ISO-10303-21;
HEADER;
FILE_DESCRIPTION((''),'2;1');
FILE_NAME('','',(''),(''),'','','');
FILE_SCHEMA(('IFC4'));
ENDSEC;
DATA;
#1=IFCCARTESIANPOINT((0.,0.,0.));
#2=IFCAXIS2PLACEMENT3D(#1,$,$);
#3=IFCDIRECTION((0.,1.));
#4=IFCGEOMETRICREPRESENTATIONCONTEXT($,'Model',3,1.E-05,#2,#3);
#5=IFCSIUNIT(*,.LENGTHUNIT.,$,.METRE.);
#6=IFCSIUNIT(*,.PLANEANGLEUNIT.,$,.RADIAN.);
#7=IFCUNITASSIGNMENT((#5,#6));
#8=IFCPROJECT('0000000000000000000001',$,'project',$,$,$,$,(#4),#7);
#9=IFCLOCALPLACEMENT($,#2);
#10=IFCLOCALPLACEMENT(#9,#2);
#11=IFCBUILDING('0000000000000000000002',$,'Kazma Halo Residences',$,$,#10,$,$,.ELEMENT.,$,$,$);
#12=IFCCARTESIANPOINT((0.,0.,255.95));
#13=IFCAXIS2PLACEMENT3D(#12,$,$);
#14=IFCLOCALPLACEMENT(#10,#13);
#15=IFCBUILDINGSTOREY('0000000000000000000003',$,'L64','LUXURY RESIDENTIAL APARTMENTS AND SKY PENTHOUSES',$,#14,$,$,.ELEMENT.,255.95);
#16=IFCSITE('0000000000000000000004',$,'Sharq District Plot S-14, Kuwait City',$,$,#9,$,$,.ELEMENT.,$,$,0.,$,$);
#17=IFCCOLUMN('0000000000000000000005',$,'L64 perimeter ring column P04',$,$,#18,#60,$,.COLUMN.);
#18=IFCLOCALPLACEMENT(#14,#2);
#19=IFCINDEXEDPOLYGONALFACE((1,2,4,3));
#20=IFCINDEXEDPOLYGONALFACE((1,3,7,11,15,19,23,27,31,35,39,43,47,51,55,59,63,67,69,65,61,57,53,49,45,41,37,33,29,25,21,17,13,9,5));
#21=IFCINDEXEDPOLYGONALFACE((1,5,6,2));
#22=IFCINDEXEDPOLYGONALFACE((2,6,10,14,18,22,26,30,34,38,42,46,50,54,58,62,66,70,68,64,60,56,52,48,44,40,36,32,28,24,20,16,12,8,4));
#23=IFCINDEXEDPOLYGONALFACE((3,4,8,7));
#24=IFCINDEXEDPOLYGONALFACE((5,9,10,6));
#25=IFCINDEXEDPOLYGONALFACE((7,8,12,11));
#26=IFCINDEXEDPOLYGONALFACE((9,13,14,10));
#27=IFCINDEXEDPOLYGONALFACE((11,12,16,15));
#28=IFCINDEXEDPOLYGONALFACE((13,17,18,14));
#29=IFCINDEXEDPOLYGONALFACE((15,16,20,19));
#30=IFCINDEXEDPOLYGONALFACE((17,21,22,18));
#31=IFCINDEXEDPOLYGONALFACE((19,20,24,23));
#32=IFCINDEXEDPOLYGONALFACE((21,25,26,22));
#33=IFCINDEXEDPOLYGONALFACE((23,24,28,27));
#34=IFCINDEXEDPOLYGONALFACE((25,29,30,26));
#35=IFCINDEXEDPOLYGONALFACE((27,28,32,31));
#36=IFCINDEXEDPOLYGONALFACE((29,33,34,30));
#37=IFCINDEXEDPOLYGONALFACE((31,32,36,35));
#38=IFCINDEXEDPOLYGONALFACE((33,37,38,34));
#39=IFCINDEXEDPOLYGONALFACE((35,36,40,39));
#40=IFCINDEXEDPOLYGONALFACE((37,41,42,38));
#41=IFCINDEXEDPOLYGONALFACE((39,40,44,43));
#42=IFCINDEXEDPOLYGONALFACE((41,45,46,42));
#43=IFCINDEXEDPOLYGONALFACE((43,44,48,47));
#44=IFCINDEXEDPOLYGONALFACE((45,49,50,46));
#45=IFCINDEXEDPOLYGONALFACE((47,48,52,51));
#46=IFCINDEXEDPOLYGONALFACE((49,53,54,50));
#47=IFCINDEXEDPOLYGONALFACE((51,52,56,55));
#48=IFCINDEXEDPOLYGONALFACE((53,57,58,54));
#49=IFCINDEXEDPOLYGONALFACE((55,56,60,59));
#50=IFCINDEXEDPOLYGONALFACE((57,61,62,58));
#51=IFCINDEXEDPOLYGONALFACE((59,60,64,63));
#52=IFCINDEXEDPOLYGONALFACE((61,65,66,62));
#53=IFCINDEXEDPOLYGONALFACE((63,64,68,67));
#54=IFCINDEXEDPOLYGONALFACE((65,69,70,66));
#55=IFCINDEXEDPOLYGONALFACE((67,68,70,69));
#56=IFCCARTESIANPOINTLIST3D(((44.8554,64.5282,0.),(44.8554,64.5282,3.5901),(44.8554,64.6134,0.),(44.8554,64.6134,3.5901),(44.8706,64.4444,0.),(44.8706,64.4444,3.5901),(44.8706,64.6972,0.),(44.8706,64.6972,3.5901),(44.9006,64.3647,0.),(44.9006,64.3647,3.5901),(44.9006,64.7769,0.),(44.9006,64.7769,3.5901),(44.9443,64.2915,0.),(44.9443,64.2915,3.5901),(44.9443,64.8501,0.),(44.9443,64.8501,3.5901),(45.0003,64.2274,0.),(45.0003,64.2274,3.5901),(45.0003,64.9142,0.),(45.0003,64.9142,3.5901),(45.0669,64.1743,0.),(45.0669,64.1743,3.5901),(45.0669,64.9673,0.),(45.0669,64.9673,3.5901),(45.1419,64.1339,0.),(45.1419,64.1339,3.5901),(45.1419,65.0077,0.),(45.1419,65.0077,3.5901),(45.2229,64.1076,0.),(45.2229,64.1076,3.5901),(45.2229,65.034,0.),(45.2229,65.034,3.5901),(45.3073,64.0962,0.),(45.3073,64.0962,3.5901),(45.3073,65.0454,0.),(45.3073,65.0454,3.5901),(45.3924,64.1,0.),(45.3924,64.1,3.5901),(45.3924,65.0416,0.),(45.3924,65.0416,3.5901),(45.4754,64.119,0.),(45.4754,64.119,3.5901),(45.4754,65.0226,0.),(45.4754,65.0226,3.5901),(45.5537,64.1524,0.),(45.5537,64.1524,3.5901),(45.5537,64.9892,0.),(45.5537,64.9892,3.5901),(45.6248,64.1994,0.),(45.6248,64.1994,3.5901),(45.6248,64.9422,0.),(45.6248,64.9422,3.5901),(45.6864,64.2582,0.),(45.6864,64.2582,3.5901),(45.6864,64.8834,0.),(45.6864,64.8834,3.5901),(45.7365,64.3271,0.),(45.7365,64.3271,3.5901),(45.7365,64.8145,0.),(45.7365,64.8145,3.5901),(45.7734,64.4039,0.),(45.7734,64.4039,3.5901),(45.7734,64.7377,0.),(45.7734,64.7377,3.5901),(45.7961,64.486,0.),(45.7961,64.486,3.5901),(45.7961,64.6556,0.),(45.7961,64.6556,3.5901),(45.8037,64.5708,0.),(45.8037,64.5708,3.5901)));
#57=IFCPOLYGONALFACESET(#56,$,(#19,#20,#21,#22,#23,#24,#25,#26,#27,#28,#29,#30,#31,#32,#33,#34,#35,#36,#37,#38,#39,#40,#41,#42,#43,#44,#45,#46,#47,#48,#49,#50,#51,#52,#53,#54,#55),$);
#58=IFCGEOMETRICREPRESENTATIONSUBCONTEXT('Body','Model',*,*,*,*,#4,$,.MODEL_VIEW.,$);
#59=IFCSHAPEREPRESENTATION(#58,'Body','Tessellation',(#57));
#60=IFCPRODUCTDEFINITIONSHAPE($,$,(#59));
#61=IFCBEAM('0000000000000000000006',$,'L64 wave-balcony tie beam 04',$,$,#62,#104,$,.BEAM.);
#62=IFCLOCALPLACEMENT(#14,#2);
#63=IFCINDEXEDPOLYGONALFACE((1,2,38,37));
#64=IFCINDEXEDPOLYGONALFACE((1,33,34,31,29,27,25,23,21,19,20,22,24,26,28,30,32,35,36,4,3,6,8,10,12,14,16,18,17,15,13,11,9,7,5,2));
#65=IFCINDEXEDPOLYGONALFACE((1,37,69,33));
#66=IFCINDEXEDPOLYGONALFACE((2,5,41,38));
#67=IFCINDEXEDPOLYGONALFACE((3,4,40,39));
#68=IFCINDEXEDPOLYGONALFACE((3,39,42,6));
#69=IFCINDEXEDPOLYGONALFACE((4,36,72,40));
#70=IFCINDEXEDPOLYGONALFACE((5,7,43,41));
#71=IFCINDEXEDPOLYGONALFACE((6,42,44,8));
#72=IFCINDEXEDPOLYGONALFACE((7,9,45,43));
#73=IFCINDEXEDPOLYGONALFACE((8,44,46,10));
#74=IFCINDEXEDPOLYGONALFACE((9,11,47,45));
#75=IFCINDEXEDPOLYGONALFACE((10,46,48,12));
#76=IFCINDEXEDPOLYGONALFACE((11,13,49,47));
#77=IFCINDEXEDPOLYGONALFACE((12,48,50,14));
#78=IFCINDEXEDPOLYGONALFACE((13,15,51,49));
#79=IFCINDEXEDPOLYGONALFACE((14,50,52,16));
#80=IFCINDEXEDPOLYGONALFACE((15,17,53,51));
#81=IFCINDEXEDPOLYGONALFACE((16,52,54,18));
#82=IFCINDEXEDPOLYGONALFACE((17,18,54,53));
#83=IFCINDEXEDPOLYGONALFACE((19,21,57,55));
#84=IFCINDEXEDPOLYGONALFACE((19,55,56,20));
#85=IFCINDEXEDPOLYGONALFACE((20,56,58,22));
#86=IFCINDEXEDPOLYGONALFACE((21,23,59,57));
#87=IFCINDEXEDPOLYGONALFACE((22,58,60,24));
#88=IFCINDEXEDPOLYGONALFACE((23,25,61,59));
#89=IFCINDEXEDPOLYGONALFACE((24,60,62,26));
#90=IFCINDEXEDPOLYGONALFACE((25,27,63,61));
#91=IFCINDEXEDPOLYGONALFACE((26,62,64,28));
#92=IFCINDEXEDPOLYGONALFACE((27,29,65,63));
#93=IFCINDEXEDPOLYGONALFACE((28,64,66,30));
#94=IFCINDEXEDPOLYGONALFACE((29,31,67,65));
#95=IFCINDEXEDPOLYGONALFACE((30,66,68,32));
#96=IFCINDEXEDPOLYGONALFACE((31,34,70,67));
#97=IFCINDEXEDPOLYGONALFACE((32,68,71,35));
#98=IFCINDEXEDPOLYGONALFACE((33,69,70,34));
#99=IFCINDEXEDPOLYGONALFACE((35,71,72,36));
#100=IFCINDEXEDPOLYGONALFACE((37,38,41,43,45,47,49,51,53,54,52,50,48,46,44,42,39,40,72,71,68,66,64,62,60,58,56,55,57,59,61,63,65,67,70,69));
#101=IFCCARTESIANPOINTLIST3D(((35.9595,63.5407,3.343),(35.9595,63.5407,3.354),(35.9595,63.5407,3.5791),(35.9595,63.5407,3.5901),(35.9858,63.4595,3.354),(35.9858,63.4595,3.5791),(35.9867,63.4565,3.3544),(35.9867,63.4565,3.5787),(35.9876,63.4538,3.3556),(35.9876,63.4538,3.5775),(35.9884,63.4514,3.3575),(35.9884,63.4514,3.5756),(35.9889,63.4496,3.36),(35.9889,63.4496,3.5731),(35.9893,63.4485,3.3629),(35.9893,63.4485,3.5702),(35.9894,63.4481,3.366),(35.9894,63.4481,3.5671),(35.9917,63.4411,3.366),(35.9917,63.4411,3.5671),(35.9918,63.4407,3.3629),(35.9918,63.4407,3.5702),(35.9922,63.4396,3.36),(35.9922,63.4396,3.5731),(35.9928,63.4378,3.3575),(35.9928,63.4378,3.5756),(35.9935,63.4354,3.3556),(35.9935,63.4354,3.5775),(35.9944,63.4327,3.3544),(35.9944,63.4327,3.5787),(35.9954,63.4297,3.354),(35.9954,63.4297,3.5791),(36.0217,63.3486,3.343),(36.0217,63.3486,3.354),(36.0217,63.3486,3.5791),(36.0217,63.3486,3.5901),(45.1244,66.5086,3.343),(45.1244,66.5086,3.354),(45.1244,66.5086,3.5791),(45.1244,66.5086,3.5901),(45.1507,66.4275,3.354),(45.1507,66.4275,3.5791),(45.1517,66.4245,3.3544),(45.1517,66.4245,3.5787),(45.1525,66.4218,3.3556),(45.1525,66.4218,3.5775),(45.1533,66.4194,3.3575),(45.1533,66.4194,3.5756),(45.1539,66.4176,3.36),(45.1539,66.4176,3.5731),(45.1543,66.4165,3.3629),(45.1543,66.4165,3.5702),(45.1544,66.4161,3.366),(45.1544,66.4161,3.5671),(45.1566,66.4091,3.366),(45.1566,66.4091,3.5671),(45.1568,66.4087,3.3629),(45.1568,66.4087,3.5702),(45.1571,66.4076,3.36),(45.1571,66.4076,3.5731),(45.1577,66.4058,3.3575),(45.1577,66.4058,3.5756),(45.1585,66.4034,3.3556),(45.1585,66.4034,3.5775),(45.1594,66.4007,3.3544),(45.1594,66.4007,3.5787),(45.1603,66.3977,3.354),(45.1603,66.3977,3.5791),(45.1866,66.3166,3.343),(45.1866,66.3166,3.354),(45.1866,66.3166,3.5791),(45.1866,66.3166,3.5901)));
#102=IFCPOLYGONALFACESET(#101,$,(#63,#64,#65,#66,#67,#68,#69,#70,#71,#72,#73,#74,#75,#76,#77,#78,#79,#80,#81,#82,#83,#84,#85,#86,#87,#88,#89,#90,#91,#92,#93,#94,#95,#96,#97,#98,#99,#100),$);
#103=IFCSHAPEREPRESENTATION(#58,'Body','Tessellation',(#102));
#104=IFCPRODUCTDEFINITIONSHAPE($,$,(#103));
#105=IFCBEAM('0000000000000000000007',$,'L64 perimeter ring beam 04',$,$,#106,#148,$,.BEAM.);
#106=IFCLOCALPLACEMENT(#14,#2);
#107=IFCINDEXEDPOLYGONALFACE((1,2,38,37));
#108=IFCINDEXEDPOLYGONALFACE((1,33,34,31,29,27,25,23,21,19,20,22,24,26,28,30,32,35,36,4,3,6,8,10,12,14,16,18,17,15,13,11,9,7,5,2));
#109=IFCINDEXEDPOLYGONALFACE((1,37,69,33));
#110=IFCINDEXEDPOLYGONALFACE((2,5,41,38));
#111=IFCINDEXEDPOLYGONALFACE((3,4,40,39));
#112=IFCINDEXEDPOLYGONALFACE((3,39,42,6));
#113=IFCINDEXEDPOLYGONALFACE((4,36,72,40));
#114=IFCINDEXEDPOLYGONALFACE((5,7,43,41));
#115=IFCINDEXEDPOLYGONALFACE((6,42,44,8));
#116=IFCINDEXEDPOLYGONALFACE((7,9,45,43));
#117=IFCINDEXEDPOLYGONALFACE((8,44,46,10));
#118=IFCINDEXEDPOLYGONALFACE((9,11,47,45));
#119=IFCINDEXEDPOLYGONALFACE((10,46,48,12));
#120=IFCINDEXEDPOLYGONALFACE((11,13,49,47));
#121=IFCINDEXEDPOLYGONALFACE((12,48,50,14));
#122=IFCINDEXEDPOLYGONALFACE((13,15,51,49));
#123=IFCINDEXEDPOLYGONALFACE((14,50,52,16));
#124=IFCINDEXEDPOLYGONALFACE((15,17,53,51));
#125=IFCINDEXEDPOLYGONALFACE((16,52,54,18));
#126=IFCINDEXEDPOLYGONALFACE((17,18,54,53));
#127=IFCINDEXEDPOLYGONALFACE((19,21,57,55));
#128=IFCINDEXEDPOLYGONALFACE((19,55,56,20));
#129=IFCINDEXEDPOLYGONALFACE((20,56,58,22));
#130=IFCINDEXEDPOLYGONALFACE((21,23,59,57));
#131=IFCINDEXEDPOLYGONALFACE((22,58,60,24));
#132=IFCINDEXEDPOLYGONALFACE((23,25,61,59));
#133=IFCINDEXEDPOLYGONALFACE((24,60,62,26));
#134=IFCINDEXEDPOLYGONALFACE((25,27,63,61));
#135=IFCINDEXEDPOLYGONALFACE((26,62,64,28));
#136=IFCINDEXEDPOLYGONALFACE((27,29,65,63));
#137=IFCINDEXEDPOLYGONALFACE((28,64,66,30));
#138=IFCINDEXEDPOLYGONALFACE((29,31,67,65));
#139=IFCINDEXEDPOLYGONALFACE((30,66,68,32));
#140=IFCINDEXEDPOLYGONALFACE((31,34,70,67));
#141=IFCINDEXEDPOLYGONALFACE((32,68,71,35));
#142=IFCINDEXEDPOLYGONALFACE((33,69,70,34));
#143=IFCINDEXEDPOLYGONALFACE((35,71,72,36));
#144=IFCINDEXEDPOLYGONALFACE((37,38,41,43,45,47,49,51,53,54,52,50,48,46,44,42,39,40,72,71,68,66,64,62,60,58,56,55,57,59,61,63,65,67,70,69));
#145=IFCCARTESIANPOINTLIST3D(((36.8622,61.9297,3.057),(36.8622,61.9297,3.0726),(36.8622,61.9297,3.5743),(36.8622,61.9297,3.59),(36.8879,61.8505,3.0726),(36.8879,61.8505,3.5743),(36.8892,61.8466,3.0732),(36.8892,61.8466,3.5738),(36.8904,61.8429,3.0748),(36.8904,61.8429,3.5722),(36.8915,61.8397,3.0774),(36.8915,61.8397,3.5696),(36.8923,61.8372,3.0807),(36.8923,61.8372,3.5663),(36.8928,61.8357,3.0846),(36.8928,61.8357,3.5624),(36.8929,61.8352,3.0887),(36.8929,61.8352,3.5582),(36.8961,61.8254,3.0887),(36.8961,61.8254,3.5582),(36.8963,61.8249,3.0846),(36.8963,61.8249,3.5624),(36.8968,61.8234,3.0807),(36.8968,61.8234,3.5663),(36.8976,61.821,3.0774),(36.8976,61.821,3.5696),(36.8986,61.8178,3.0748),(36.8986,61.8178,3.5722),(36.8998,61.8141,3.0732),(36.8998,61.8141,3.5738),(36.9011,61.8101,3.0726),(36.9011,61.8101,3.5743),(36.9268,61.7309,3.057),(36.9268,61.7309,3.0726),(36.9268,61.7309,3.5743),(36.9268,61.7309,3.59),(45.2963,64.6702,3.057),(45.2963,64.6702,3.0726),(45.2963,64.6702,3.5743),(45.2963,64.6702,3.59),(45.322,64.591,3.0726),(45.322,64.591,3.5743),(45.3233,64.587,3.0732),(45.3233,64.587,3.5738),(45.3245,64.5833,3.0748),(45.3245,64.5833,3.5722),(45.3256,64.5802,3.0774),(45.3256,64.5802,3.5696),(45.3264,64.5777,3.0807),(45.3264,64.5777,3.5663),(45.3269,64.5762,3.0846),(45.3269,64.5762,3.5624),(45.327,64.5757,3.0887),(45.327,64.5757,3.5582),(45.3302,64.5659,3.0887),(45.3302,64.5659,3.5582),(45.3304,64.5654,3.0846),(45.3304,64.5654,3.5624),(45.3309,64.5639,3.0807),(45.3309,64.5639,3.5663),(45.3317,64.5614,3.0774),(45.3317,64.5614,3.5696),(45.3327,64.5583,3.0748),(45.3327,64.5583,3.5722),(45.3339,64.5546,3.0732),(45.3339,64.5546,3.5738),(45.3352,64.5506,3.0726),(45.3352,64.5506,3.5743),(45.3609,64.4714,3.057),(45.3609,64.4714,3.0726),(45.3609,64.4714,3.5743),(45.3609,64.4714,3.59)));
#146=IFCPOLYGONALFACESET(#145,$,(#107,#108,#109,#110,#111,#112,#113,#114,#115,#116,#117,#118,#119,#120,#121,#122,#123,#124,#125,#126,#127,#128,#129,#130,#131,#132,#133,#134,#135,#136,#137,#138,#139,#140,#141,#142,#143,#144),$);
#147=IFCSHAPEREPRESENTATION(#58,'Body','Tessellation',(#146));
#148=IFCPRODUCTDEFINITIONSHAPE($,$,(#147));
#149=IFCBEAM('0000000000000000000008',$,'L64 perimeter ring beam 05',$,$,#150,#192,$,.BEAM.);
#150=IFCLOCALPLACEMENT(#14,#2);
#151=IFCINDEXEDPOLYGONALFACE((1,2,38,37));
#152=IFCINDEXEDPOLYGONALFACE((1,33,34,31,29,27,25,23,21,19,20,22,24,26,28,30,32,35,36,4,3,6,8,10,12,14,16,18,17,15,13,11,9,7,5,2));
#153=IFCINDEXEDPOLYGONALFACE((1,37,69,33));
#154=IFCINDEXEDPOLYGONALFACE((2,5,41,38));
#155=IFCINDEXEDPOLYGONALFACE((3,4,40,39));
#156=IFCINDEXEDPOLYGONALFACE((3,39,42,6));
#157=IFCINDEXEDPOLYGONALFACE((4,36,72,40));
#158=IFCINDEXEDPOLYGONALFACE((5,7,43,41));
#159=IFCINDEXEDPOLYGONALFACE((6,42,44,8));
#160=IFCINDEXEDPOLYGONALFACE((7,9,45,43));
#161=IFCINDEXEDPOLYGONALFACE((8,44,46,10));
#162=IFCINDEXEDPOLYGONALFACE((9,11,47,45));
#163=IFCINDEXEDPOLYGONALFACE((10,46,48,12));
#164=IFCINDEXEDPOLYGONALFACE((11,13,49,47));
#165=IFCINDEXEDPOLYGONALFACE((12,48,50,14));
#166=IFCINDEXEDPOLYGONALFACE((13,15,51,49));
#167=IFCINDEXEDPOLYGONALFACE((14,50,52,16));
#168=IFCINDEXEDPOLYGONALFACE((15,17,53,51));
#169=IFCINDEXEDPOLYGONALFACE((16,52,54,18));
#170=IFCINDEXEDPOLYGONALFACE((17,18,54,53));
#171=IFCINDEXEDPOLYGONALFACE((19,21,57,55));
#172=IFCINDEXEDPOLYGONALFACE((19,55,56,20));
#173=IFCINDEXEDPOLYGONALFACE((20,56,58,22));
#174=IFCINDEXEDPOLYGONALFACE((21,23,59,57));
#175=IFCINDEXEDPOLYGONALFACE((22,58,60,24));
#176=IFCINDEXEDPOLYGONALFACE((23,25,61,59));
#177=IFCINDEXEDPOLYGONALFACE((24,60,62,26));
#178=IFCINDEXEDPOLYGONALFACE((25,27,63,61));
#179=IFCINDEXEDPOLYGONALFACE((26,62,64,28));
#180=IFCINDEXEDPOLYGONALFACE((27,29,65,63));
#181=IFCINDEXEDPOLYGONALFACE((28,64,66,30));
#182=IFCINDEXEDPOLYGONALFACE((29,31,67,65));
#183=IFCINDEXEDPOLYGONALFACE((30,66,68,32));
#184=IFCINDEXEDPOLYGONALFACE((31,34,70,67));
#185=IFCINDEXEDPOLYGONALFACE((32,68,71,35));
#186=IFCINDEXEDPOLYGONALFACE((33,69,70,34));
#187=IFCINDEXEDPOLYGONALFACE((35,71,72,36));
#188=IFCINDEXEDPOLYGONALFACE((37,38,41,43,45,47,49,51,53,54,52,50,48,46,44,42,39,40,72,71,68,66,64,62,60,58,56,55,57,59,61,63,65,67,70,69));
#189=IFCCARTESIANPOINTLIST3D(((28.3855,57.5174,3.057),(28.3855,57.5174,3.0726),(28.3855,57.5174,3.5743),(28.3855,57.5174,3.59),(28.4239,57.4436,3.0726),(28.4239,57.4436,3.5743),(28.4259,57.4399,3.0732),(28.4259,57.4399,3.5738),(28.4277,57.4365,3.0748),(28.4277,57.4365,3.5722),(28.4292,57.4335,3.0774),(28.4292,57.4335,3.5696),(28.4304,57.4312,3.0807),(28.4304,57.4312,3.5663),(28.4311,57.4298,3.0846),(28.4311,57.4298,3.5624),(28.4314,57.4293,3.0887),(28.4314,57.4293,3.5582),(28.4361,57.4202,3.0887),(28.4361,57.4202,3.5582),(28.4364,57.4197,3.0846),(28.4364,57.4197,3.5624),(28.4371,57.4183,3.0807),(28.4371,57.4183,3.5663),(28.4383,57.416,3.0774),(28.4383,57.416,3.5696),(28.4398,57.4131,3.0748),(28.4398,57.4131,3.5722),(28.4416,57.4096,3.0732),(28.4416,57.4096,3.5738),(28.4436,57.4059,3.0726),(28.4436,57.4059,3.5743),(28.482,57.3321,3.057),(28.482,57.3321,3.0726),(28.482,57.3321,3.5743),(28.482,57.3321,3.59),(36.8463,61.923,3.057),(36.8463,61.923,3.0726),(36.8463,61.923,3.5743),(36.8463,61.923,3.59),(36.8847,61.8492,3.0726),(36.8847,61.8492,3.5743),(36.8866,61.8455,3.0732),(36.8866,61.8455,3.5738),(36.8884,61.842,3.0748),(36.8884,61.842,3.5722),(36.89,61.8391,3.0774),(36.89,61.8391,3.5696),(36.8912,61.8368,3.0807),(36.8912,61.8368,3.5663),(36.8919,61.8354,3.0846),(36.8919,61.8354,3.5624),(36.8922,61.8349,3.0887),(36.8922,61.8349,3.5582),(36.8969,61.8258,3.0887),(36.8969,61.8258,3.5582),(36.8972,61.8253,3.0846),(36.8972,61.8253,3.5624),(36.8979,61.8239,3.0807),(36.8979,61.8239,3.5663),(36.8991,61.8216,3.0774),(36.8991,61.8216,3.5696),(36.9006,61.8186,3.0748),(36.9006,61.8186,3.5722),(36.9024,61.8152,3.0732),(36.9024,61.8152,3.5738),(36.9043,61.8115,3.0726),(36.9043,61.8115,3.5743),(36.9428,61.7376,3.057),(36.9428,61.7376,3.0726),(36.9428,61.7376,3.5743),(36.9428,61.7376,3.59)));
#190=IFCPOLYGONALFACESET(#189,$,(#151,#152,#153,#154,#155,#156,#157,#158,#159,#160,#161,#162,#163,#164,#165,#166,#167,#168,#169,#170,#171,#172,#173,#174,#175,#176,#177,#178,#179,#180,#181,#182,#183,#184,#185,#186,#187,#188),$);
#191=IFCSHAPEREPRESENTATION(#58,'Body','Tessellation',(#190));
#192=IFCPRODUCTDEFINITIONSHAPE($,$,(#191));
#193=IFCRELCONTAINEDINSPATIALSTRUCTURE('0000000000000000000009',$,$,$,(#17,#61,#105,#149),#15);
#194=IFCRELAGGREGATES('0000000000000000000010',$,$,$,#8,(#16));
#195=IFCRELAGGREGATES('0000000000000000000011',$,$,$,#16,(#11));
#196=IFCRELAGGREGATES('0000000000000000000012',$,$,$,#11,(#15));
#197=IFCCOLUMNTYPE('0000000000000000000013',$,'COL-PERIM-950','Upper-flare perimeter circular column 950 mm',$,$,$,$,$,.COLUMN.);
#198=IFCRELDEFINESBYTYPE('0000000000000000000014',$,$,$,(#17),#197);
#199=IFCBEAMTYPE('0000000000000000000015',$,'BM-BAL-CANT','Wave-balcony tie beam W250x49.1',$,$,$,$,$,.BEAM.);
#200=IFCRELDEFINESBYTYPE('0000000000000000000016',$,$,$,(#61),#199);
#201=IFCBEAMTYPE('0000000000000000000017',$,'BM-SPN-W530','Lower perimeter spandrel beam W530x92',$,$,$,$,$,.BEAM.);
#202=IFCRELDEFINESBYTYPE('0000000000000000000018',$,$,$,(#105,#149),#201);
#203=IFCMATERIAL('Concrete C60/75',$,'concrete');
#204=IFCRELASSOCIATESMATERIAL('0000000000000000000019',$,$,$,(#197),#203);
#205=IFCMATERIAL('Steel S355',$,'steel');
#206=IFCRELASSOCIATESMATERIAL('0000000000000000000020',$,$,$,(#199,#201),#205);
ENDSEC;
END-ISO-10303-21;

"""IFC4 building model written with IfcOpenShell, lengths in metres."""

from ifc_helpers import new_model, si_unit, direction, frame, origin, origin_2d, place, context, subcontext, project, spatial, circle, i_section, extrude, material, material_profile, profile_set, type_object, element, save


model = new_model("IFC4")

# Units and contexts
model_context = context("Model", 3, precision=1e-05, world=origin(), true_north=direction((0.0, 1.0)))
body_context = subcontext(model_context, "Body", "Model", "MODEL_VIEW")
ifc_project = project(units=[si_unit("LENGTHUNIT", "METRE"), si_unit("PLANEANGLEUNIT", "RADIAN")], contexts=[model_context])

# Site, building, storey
site_placement = place(None, origin())
site = spatial("IfcSite", under=ifc_project, at=site_placement, Name="Sharq District Plot S-14, Kuwait City", CompositionType="ELEMENT", RefElevation=0.0)
building_placement = place(site_placement, origin())
building = spatial("IfcBuilding", under=site, at=building_placement, Name="Kazma Halo Residences", CompositionType="ELEMENT")
storey_placement = place(building_placement, frame((0.0, 0.0, 255.95)))
storey = spatial("IfcBuildingStorey", under=building, at=storey_placement, Name="L64", Description="LUXURY RESIDENTIAL APARTMENTS AND SKY PENTHOUSES", CompositionType="ELEMENT", Elevation=255.95)

# Column
ifc_material_1 = material(Name="Concrete C60/75", Category="concrete")
ifc_material_profile_1 = material_profile(ifc_material_1, circle(Radius=0.4751, at=origin_2d()), Name="CIRC950")
ifc_profile_set_1 = profile_set([ifc_material_profile_1], Name="Concrete C60/75")
column_type = type_object("IfcColumnType", Name="COL-PERIM-950", Description="Upper-flare perimeter circular column 950 mm", PredefinedType="COLUMN", material=ifc_profile_set_1)
column_placement = place(storey_placement, frame((45.3286, 64.5708, 0.0), z_axis=(0.0, 0.0, 1.0), x_axis=(1.0, 0.0, 0.0)))
element("IfcColumn", 1, at=column_placement, inside=storey, type_object=column_type, Name="L64 perimeter ring column P04", PredefinedType="COLUMN", context=body_context, shape_type="SweptSolid", body=[
    extrude(circle(Radius=0.4751, at=origin_2d()), origin(), (0.0, 0.0, 1.0), 3.5901),
])

# Beams
ifc_material_2 = material(Name="Steel S355", Category="steel")
ifc_material_profile_2 = material_profile(ifc_material_2, i_section(OverallWidth=0.2019, OverallDepth=0.2471, WebThickness=0.0073, FlangeThickness=0.011, FilletRadius=0.012, at=origin_2d()), Name="W250x49.1")
ifc_profile_set_2 = profile_set([ifc_material_profile_2], Name="Steel S355")
beam_type_1 = type_object("IfcBeamType", Name="BM-BAL-CANT", Description="Wave-balcony tie beam W250x49.1", PredefinedType="BEAM", material=ifc_profile_set_2)
beam_1_placement = place(storey_placement, frame((45.1555, 66.4126, 3.4666), z_axis=(-0.951358, -0.308089, 0.0), x_axis=(0.308089, -0.951358, 0.0)))
element("IfcBeam", 2, at=beam_1_placement, inside=storey, type_object=beam_type_1, Name="L64 wave-balcony tie beam 04", PredefinedType="BEAM", context=body_context, shape_type="SweptSolid", body=[
    extrude(i_section(OverallWidth=0.2019, OverallDepth=0.2471, WebThickness=0.0073, FlangeThickness=0.011, FilletRadius=0.012, at=origin_2d()), origin(), (0.0, 0.0, 1.0), 9.6335),
])
ifc_material_profile_3 = material_profile(ifc_material_2, i_section(OverallWidth=0.209, OverallDepth=0.533, WebThickness=0.0103, FlangeThickness=0.0156, FilletRadius=0.0161, at=origin_2d()), Name="W530x92")
ifc_profile_set_3 = profile_set([ifc_material_profile_3], Name="Steel S355")
beam_type_2 = type_object("IfcBeamType", Name="BM-SPN-W530", Description="Lower perimeter spandrel beam W530x92", PredefinedType="BEAM", material=ifc_profile_set_3)
beam_2_placement = place(storey_placement, frame((45.3286, 64.5708, 3.3235), z_axis=(-0.951054, -0.309025, 0.0), x_axis=(0.309025, -0.951054, 0.0)))
element("IfcBeam", 3, at=beam_2_placement, inside=storey, type_object=beam_type_2, Name="L64 perimeter ring beam 04", PredefinedType="BEAM", context=body_context, shape_type="SweptSolid", body=[
    extrude(i_section(OverallWidth=0.209, OverallDepth=0.533, WebThickness=0.0103, FlangeThickness=0.0156, FilletRadius=0.0161, at=origin_2d()), origin(), (0.0, 0.0, 1.0), 8.8682),
])
beam_3_placement = place(storey_placement, frame((36.8945, 61.8303, 3.3235), z_axis=(-0.886961, -0.461844, 0.0), x_axis=(0.461844, -0.886961, 0.0)))
element("IfcBeam", 4, at=beam_3_placement, inside=storey, type_object=beam_type_2, Name="L64 perimeter ring beam 05", PredefinedType="BEAM", context=body_context, shape_type="SweptSolid", body=[
    extrude(i_section(OverallWidth=0.209, OverallDepth=0.533, WebThickness=0.0103, FlangeThickness=0.0156, FilletRadius=0.0161, at=origin_2d()), origin(), (0.0, 0.0, 1.0), 9.5391),
])

save(model, "model.ifc")
